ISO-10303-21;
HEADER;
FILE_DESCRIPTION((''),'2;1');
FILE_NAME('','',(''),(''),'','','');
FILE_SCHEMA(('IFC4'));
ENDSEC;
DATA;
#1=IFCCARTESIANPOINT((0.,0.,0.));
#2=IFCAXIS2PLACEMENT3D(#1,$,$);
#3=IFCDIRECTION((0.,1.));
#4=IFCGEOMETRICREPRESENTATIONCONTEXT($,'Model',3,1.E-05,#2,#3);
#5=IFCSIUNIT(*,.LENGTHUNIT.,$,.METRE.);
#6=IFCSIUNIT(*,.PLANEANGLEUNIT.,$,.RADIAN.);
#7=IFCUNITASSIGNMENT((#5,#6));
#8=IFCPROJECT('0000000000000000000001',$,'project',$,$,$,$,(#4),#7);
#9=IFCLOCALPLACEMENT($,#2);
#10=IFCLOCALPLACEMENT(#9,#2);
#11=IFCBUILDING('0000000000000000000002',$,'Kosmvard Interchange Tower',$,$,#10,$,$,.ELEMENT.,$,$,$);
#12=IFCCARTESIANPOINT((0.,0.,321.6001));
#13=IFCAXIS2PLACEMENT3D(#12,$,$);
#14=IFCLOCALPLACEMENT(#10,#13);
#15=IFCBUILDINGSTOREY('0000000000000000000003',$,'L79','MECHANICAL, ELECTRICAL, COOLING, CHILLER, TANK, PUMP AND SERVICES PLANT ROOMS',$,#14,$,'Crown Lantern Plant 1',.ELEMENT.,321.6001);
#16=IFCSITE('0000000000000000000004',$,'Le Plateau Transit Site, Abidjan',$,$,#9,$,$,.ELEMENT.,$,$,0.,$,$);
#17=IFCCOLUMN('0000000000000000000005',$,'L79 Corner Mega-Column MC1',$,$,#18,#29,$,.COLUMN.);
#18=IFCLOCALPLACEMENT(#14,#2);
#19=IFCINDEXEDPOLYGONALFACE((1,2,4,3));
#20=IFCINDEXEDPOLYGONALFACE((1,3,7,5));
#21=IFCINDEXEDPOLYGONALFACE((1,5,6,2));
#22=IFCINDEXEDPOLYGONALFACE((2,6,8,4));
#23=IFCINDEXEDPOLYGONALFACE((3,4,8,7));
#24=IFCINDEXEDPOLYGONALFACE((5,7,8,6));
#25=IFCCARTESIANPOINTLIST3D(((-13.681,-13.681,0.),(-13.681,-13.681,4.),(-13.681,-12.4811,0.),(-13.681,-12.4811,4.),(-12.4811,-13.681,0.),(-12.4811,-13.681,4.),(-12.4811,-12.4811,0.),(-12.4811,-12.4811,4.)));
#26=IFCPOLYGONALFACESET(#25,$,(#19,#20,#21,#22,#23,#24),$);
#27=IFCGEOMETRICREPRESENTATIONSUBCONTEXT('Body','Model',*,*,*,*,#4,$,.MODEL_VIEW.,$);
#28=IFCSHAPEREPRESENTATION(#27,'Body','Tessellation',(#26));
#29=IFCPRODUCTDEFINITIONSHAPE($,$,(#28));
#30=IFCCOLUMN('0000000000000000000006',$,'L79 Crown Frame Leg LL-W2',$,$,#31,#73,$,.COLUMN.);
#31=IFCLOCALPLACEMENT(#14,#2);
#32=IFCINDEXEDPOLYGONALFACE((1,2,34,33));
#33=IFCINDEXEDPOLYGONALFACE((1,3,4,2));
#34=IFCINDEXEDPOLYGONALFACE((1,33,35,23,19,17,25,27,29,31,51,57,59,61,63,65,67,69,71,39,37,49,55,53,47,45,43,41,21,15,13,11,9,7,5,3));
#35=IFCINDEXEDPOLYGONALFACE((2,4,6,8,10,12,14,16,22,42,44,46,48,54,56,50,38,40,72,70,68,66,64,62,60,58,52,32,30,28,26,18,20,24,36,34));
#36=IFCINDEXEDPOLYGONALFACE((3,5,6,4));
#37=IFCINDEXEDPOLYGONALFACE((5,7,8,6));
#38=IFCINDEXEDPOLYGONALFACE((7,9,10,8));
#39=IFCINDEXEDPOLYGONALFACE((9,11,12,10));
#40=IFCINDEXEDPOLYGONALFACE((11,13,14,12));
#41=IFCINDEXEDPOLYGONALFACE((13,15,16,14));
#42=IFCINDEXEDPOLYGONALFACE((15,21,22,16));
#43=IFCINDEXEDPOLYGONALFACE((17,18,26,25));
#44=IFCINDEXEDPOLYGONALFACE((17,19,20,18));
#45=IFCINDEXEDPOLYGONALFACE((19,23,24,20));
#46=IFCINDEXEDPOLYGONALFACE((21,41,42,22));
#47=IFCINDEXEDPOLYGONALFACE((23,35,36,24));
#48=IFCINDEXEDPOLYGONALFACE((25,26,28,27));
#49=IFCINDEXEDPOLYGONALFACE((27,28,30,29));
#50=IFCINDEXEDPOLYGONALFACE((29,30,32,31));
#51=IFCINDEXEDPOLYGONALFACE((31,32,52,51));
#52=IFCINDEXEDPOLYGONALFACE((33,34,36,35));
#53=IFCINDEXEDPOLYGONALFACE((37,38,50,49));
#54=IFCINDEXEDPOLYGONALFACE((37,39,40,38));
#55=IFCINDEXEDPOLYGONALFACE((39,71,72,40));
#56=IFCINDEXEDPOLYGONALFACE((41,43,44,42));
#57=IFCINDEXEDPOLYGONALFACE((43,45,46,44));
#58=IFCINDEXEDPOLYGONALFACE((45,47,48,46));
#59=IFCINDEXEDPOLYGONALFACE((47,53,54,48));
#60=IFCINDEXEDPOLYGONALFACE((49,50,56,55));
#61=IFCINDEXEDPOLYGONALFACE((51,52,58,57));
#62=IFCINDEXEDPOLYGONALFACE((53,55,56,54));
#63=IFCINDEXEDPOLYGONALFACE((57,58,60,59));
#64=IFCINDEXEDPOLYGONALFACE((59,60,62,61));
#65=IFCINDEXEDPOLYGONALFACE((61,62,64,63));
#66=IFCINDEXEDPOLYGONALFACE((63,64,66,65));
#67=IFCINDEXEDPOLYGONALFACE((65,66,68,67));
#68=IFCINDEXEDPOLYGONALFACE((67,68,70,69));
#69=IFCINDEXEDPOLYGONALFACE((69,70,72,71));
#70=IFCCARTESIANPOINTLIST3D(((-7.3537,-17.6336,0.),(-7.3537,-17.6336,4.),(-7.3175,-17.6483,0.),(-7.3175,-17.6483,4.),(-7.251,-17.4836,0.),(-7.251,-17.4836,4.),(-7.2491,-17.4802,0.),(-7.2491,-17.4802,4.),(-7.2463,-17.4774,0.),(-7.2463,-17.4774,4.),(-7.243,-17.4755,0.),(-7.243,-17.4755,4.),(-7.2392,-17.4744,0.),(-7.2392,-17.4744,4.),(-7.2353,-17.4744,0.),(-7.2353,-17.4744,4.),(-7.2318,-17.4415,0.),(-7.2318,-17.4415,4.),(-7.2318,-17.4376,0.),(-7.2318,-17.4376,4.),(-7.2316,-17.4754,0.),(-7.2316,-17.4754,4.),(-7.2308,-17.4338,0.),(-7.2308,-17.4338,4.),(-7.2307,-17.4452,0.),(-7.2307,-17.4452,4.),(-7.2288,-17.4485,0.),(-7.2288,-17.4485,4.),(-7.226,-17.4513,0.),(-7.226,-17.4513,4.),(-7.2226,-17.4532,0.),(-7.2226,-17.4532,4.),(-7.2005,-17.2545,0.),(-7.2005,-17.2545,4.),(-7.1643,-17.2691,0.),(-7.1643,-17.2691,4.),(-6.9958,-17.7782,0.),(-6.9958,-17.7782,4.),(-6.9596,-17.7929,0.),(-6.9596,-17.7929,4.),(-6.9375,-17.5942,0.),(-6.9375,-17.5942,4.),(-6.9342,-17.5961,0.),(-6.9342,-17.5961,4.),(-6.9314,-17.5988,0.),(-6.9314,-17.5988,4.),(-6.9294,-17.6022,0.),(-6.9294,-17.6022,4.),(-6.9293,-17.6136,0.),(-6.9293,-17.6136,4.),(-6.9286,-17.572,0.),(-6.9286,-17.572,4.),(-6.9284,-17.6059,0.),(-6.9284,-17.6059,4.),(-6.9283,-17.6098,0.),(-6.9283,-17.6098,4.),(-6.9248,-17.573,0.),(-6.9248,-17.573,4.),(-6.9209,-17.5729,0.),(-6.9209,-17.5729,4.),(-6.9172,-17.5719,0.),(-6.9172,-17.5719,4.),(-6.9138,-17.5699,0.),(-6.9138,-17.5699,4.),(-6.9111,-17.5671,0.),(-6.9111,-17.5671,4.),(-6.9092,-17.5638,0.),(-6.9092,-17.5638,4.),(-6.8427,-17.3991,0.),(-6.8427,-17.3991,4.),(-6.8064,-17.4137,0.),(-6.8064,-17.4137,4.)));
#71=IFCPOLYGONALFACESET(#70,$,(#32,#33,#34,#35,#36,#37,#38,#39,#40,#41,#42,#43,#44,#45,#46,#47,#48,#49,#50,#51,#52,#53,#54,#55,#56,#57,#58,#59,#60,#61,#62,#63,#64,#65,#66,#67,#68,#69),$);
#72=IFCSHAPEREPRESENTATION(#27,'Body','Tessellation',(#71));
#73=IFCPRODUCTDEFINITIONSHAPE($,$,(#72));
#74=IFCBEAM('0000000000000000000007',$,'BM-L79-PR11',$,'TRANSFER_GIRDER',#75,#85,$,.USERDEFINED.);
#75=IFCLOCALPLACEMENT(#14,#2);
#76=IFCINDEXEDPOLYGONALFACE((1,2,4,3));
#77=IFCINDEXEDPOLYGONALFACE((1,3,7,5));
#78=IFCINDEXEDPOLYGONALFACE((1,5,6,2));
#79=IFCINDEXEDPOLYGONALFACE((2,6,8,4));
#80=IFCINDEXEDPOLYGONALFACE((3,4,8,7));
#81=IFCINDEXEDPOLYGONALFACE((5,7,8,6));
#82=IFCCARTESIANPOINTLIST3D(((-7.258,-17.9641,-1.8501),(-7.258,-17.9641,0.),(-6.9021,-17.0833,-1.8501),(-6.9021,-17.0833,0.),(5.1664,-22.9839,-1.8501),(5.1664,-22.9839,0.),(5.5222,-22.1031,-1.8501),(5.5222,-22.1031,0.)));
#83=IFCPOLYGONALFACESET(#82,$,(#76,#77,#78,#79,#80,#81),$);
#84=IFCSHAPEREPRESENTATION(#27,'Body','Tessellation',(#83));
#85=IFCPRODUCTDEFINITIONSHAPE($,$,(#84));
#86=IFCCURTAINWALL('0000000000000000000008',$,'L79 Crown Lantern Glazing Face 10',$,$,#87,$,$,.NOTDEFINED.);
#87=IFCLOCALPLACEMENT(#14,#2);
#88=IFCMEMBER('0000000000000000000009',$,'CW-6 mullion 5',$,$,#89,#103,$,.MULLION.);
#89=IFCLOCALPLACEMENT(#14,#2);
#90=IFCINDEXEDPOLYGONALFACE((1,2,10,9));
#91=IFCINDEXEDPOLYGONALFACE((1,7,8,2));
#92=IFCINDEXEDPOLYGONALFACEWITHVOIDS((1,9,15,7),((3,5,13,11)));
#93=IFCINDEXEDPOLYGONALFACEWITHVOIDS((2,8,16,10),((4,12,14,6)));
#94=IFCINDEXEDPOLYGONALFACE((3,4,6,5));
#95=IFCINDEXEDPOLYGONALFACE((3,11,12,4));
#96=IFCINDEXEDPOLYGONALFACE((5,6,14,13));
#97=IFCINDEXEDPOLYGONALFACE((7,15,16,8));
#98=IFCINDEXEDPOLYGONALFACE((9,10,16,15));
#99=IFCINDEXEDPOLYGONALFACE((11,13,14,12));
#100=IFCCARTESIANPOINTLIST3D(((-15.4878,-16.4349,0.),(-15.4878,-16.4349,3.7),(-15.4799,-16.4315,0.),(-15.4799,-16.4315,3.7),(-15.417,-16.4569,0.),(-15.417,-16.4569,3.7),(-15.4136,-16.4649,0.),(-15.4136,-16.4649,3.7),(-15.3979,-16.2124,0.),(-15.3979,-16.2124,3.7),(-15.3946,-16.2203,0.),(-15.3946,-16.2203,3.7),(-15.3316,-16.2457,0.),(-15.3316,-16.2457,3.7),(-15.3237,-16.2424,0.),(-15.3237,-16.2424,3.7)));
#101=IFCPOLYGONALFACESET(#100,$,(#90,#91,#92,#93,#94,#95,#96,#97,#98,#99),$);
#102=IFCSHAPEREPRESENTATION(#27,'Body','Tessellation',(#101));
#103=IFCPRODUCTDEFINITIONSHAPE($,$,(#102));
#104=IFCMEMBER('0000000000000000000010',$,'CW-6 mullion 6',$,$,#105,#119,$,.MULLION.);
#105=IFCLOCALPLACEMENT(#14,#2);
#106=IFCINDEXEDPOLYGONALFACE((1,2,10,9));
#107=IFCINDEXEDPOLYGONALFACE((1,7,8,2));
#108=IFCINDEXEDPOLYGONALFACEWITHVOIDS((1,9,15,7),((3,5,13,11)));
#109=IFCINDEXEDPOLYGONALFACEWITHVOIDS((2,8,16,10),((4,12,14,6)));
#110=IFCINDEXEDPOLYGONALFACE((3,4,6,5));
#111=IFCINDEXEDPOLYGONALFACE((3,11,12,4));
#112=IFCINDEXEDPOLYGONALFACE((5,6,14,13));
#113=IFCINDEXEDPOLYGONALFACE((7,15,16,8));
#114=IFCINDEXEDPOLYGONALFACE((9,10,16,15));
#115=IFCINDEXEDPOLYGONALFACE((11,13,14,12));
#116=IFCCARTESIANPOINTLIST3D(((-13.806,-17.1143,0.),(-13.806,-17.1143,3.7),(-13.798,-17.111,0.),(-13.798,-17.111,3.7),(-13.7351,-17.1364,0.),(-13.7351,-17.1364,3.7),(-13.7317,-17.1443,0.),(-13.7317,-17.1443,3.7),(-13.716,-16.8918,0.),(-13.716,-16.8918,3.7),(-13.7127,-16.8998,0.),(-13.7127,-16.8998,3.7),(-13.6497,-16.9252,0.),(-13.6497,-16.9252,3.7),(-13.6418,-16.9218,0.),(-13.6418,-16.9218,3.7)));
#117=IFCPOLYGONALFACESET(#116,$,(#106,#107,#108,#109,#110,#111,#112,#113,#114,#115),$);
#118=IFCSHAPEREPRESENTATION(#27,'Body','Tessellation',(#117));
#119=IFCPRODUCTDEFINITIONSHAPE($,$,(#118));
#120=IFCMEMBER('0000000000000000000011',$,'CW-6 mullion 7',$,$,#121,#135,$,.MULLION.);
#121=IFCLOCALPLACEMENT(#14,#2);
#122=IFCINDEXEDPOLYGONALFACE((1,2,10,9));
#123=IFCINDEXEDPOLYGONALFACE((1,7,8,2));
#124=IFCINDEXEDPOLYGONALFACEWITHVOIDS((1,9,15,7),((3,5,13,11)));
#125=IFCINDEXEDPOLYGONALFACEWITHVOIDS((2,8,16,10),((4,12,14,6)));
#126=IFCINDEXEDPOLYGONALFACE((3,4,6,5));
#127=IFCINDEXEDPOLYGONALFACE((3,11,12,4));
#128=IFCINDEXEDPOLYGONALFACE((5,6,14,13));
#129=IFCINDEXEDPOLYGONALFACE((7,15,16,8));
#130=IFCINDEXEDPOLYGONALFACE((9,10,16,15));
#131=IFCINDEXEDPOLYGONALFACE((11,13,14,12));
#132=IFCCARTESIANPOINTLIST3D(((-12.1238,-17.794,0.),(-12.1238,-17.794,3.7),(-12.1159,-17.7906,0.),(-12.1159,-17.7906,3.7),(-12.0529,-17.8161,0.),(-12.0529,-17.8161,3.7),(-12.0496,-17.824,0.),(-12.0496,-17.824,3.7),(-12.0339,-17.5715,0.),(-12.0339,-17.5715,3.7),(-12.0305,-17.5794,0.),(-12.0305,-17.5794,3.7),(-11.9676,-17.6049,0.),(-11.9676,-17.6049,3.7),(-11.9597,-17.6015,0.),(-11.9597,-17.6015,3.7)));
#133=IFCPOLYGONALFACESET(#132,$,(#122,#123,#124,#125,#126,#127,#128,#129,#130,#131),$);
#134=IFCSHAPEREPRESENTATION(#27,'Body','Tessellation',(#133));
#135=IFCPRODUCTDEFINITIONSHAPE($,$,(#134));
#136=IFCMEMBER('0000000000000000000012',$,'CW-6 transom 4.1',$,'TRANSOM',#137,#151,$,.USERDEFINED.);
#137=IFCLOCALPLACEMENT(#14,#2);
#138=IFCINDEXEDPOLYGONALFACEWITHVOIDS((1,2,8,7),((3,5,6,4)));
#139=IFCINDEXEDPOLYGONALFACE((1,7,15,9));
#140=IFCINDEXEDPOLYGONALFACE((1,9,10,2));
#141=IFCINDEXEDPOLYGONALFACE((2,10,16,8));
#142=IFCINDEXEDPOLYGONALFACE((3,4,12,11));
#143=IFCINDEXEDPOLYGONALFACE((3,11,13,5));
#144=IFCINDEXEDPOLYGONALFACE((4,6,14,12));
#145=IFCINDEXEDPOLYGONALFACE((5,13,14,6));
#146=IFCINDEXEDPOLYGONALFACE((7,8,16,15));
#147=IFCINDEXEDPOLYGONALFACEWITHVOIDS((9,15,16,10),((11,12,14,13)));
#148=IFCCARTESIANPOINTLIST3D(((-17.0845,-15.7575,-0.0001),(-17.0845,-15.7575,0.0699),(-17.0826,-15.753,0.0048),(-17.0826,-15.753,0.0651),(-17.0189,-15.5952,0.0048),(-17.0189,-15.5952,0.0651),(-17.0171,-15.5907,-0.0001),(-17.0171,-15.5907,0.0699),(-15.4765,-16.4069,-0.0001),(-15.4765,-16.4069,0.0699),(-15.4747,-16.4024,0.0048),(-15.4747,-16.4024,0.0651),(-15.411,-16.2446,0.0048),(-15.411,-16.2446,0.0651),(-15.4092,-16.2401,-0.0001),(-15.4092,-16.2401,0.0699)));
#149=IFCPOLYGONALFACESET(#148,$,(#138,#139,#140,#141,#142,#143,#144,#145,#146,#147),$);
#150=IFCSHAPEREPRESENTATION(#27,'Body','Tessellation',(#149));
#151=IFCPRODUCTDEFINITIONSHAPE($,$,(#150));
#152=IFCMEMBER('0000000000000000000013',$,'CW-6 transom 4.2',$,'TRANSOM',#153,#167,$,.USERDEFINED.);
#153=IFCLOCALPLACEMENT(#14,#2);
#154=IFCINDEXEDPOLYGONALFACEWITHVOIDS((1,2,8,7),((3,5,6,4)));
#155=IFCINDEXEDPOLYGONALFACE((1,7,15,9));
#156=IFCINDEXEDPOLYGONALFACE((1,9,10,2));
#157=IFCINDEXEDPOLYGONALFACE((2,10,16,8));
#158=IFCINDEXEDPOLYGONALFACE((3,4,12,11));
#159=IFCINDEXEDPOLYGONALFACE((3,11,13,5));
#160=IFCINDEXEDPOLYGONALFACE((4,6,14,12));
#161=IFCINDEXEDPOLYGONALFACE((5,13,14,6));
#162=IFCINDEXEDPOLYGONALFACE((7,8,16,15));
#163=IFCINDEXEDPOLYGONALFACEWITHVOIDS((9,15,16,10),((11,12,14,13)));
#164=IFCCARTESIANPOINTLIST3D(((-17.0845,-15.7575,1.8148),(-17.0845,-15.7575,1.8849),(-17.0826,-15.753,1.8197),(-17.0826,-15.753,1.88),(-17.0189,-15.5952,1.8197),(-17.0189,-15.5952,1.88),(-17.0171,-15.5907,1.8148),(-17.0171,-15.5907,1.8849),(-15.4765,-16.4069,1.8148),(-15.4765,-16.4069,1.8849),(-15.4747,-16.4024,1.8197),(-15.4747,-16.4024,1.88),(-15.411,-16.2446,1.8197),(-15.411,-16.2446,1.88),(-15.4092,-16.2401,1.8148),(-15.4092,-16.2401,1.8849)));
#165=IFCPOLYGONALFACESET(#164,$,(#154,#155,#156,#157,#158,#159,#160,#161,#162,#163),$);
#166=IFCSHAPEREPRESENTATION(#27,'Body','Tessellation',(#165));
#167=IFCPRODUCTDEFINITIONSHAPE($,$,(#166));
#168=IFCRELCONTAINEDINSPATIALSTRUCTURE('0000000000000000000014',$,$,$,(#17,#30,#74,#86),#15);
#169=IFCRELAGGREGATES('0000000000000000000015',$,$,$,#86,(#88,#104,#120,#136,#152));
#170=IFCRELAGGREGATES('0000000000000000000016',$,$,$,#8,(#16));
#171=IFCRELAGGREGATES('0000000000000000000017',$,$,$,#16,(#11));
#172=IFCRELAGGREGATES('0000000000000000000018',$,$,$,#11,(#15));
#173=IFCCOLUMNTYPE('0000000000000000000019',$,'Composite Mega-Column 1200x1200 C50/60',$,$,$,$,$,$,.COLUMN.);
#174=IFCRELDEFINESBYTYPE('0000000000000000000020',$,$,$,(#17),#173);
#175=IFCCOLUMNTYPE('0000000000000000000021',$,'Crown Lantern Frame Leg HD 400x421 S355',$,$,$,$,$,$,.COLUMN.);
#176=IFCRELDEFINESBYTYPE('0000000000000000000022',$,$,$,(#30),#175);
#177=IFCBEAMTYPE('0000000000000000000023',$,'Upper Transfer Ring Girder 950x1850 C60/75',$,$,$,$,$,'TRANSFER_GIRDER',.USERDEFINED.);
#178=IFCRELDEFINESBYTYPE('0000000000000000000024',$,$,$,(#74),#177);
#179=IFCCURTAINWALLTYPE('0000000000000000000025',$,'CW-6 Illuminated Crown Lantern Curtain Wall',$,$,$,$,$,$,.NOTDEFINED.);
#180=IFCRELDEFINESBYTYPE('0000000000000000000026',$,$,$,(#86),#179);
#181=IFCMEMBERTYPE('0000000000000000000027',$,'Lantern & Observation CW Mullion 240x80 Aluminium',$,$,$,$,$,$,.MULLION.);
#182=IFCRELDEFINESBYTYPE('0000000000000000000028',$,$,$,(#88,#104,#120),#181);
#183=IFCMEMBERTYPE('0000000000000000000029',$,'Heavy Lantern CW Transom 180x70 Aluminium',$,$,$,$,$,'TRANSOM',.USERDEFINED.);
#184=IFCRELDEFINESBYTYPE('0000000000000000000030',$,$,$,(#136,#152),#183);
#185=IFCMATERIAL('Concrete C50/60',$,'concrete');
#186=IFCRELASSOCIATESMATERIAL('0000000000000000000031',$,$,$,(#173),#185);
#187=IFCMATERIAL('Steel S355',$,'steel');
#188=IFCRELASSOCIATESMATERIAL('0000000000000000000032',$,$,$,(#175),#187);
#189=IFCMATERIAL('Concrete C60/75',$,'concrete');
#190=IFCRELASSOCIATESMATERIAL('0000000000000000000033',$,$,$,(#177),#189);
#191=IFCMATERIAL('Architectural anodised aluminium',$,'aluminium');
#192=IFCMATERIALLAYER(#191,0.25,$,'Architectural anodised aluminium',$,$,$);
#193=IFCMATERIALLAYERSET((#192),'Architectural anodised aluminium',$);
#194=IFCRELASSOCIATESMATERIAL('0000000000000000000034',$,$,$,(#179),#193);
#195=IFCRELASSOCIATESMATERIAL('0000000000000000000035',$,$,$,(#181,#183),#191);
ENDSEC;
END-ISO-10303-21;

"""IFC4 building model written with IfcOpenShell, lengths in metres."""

from ifc_helpers import new_model, si_unit, direction, frame, origin, origin_2d, place, context, subcontext, project, spatial, rectangle, hollow_rectangle, i_section, extrude, source, transform, mapped, material, layer, layer_set, material_profile, profile_set, type_object, element, aggregate, save


model = new_model("IFC4")

# Units and contexts
model_context = context("Model", 3, precision=1e-05, world=origin(), true_north=direction((0.0, 1.0)))
body_context = subcontext(model_context, "Body", "Model", "MODEL_VIEW")
ifc_project = project(units=[si_unit("LENGTHUNIT", "METRE"), si_unit("PLANEANGLEUNIT", "RADIAN")], contexts=[model_context])

# Site, building, storey
site_placement = place(None, origin())
site = spatial("IfcSite", under=ifc_project, at=site_placement, Name="Le Plateau Transit Site, Abidjan", CompositionType="ELEMENT", RefElevation=0.0)
building_placement = place(site_placement, origin())
building = spatial("IfcBuilding", under=site, at=building_placement, Name="Kosmvard Interchange Tower", CompositionType="ELEMENT")
storey_placement = place(building_placement, frame((0.0, 0.0, 321.6001)))
storey = spatial("IfcBuildingStorey", under=building, at=storey_placement, Name="L79", Description="MECHANICAL, ELECTRICAL, COOLING, CHILLER, TANK, PUMP AND SERVICES PLANT ROOMS", LongName="Crown Lantern Plant 1", CompositionType="ELEMENT", Elevation=321.6001)

# Columns
ifc_material_1 = material(Name="Concrete C50/60", Category="concrete")
ifc_material_profile_1 = material_profile(ifc_material_1, rectangle(XDim=1.2, YDim=1.2, at=origin_2d()), Name="MC 1200x1200")
ifc_profile_set_1 = profile_set([ifc_material_profile_1], Name="Concrete C50/60")
column_type_1 = type_object("IfcColumnType", Name="Composite Mega-Column 1200x1200 C50/60", PredefinedType="COLUMN", material=ifc_profile_set_1)
shared_shape_1 = source(origin(), body_context, "Body", "SweptSolid", [
    extrude(rectangle(XDim=1.2, YDim=1.2, at=origin_2d()), origin(), (0.0, 0.0, 1.0), 4.0),
])
column_1_placement = place(storey_placement, frame((-13.0811, -13.0811, 0.0), z_axis=(0.0, 0.0, 1.0), x_axis=(1.0, 0.0, 0.0)))
element("IfcColumn", 1, at=column_1_placement, inside=storey, type_object=column_type_1, Name="L79 Corner Mega-Column MC1", PredefinedType="COLUMN", context=body_context, shape_type="MappedRepresentation", body=[
    mapped(shared_shape_1, transform((0.0, 0.0, 0.0), scale=1.0)),
])
ifc_material_2 = material(Name="Steel S355", Category="steel")
ifc_material_profile_2 = material_profile(ifc_material_2, i_section(OverallWidth=0.4089, OverallDepth=0.425, WebThickness=0.0239, FlangeThickness=0.0391, FilletRadius=0.0149, at=origin_2d()), Name="HD 400x421")
ifc_profile_set_2 = profile_set([ifc_material_profile_2], Name="Steel S355")
column_type_2 = type_object("IfcColumnType", Name="Crown Lantern Frame Leg HD 400x421 S355", PredefinedType="COLUMN", material=ifc_profile_set_2)
shared_shape_2 = source(origin(), body_context, "Body", "SweptSolid", [
    extrude(i_section(OverallWidth=0.4089, OverallDepth=0.425, WebThickness=0.0239, FlangeThickness=0.0391, FilletRadius=0.0149, at=origin_2d()), origin(), (0.0, 0.0, 1.0), 4.0),
])
column_2_placement = place(storey_placement, frame((-7.0801, -17.5237, 0.0), z_axis=(0.0, 0.0, 1.0), x_axis=(0.374607, 0.927184, 0.0)))
element("IfcColumn", 2, at=column_2_placement, inside=storey, type_object=column_type_2, Name="L79 Crown Frame Leg LL-W2", PredefinedType="COLUMN", context=body_context, shape_type="MappedRepresentation", body=[
    mapped(shared_shape_2, transform((0.0, 0.0, 0.0), scale=1.0)),
])

# Beam
ifc_material_3 = material(Name="Concrete C60/75", Category="concrete")
ifc_material_profile_3 = material_profile(ifc_material_3, rectangle(XDim=0.95, YDim=1.8501, at=origin_2d()), Name="TG 950x1850")
ifc_profile_set_3 = profile_set([ifc_material_profile_3], Name="Concrete C60/75")
beam_type = type_object("IfcBeamType", Name="Upper Transfer Ring Girder 950x1850 C60/75", ElementType="TRANSFER_GIRDER", PredefinedType="USERDEFINED", material=ifc_profile_set_3)
shared_shape_3 = source(origin(), body_context, "Body", "SweptSolid", [
    extrude(rectangle(XDim=0.95, YDim=1.8501, at=origin_2d()), origin(), (0.0, 0.0, 1.0), 13.4001),
])
beam_placement = place(storey_placement, frame((-7.0801, -17.5237, -0.925), z_axis=(0.927183, -0.374608, 0.0), x_axis=(0.374608, 0.927183, 0.0)))
element("IfcBeam", 3, at=beam_placement, inside=storey, type_object=beam_type, Name="BM-L79-PR11", ObjectType="TRANSFER_GIRDER", PredefinedType="USERDEFINED", context=body_context, shape_type="MappedRepresentation", body=[
    mapped(shared_shape_3, transform((0.0, 0.0, 0.0), scale=1.0)),
])

# Curtain wall, members
ifc_material_4 = material(Name="Architectural anodised aluminium", Category="aluminium")
ifc_layer_1 = layer(ifc_material_4, 0.25, Name="Architectural anodised aluminium")
ifc_layer_set_1 = layer_set([ifc_layer_1], Name="Architectural anodised aluminium")
curtain_wall_type = type_object("IfcCurtainWallType", Name="CW-6 Illuminated Crown Lantern Curtain Wall", PredefinedType="NOTDEFINED", material=ifc_layer_set_1)
curtain_wall_placement = place(storey_placement, origin())
curtain_wall = element("IfcCurtainWall", 4, at=curtain_wall_placement, inside=storey, type_object=curtain_wall_type, Name="L79 Crown Lantern Glazing Face 10", PredefinedType="NOTDEFINED")
ifc_material_profile_4 = material_profile(ifc_material_4, hollow_rectangle(XDim=0.24, YDim=0.0801, WallThickness=0.0061, at=origin_2d()), Name="CWM 240x80x6")
ifc_profile_set_4 = profile_set([ifc_material_profile_4], Name="Architectural anodised aluminium")
member_type_1 = type_object("IfcMemberType", Name="Lantern & Observation CW Mullion 240x80 Aluminium", PredefinedType="MULLION", material=ifc_profile_set_4)
shared_shape_4 = source(origin(), body_context, "Body", "SweptSolid", [
    extrude(hollow_rectangle(XDim=0.24, YDim=0.0801, WallThickness=0.0061, at=origin_2d()), origin(), (0.0, 0.0, 1.0), 3.7),
])
member_1_placement = place(storey_placement, frame((-15.4058, -16.3386, 0.0), z_axis=(0.0, 0.0, 1.0), x_axis=(0.374607, 0.927184, 0.0)))
member_1 = element("IfcMember", 5, at=member_1_placement, type_object=member_type_1, Name="CW-6 mullion 5", PredefinedType="MULLION", context=body_context, shape_type="MappedRepresentation", body=[
    mapped(shared_shape_4, transform((0.0, 0.0, 0.0), scale=1.0)),
])
member_2_placement = place(storey_placement, frame((-13.7239, -17.0181, 0.0), z_axis=(0.0, 0.0, 1.0), x_axis=(0.374607, 0.927184, 0.0)))
member_2 = element("IfcMember", 6, at=member_2_placement, type_object=member_type_1, Name="CW-6 mullion 6", PredefinedType="MULLION", context=body_context, shape_type="MappedRepresentation", body=[
    mapped(shared_shape_4, transform((0.0, 0.0, 0.0), scale=1.0)),
])
member_3_placement = place(storey_placement, frame((-12.0417, -17.6978, 0.0), z_axis=(0.0, 0.0, 1.0), x_axis=(0.374607, 0.927184, 0.0)))
member_3 = element("IfcMember", 7, at=member_3_placement, type_object=member_type_1, Name="CW-6 mullion 7", PredefinedType="MULLION", context=body_context, shape_type="MappedRepresentation", body=[
    mapped(shared_shape_4, transform((0.0, 0.0, 0.0), scale=1.0)),
])
ifc_material_profile_5 = material_profile(ifc_material_4, hollow_rectangle(XDim=0.1799, YDim=0.0701, WallThickness=0.0049, at=origin_2d()), Name="CWT 180x70x5")
ifc_profile_set_5 = profile_set([ifc_material_profile_5], Name="Architectural anodised aluminium")
member_type_2 = type_object("IfcMemberType", Name="Heavy Lantern CW Transom 180x70 Aluminium", ElementType="TRANSOM", PredefinedType="USERDEFINED", material=ifc_profile_set_5)
shared_shape_5 = source(origin(), body_context, "Body", "SweptSolid", [
    extrude(hollow_rectangle(XDim=0.1799, YDim=0.0701, WallThickness=0.0049, at=origin_2d()), origin(), (0.0, 0.0, 1.0), 1.7341),
])
member_4_placement = place(storey_placement, frame((-17.0508, -15.6741, 0.0349), z_axis=(0.927229, -0.374496, 0.0), x_axis=(0.374496, 0.927229, 0.0)))
member_4 = element("IfcMember", 8, at=member_4_placement, type_object=member_type_2, Name="CW-6 transom 4.1", ObjectType="TRANSOM", PredefinedType="USERDEFINED", context=body_context, shape_type="MappedRepresentation", body=[
    mapped(shared_shape_5, transform((0.0, 0.0, 0.0), scale=1.0)),
])
member_5_placement = place(storey_placement, frame((-17.0508, -15.6741, 1.8499), z_axis=(0.927229, -0.374496, 0.0), x_axis=(0.374496, 0.927229, 0.0)))
member_5 = element("IfcMember", 9, at=member_5_placement, type_object=member_type_2, Name="CW-6 transom 4.2", ObjectType="TRANSOM", PredefinedType="USERDEFINED", context=body_context, shape_type="MappedRepresentation", body=[
    mapped(shared_shape_5, transform((0.0, 0.0, 0.0), scale=1.0)),
])

aggregate(curtain_wall, [member_1, member_2, member_3, member_4, member_5])

save(model, "model.ifc")
